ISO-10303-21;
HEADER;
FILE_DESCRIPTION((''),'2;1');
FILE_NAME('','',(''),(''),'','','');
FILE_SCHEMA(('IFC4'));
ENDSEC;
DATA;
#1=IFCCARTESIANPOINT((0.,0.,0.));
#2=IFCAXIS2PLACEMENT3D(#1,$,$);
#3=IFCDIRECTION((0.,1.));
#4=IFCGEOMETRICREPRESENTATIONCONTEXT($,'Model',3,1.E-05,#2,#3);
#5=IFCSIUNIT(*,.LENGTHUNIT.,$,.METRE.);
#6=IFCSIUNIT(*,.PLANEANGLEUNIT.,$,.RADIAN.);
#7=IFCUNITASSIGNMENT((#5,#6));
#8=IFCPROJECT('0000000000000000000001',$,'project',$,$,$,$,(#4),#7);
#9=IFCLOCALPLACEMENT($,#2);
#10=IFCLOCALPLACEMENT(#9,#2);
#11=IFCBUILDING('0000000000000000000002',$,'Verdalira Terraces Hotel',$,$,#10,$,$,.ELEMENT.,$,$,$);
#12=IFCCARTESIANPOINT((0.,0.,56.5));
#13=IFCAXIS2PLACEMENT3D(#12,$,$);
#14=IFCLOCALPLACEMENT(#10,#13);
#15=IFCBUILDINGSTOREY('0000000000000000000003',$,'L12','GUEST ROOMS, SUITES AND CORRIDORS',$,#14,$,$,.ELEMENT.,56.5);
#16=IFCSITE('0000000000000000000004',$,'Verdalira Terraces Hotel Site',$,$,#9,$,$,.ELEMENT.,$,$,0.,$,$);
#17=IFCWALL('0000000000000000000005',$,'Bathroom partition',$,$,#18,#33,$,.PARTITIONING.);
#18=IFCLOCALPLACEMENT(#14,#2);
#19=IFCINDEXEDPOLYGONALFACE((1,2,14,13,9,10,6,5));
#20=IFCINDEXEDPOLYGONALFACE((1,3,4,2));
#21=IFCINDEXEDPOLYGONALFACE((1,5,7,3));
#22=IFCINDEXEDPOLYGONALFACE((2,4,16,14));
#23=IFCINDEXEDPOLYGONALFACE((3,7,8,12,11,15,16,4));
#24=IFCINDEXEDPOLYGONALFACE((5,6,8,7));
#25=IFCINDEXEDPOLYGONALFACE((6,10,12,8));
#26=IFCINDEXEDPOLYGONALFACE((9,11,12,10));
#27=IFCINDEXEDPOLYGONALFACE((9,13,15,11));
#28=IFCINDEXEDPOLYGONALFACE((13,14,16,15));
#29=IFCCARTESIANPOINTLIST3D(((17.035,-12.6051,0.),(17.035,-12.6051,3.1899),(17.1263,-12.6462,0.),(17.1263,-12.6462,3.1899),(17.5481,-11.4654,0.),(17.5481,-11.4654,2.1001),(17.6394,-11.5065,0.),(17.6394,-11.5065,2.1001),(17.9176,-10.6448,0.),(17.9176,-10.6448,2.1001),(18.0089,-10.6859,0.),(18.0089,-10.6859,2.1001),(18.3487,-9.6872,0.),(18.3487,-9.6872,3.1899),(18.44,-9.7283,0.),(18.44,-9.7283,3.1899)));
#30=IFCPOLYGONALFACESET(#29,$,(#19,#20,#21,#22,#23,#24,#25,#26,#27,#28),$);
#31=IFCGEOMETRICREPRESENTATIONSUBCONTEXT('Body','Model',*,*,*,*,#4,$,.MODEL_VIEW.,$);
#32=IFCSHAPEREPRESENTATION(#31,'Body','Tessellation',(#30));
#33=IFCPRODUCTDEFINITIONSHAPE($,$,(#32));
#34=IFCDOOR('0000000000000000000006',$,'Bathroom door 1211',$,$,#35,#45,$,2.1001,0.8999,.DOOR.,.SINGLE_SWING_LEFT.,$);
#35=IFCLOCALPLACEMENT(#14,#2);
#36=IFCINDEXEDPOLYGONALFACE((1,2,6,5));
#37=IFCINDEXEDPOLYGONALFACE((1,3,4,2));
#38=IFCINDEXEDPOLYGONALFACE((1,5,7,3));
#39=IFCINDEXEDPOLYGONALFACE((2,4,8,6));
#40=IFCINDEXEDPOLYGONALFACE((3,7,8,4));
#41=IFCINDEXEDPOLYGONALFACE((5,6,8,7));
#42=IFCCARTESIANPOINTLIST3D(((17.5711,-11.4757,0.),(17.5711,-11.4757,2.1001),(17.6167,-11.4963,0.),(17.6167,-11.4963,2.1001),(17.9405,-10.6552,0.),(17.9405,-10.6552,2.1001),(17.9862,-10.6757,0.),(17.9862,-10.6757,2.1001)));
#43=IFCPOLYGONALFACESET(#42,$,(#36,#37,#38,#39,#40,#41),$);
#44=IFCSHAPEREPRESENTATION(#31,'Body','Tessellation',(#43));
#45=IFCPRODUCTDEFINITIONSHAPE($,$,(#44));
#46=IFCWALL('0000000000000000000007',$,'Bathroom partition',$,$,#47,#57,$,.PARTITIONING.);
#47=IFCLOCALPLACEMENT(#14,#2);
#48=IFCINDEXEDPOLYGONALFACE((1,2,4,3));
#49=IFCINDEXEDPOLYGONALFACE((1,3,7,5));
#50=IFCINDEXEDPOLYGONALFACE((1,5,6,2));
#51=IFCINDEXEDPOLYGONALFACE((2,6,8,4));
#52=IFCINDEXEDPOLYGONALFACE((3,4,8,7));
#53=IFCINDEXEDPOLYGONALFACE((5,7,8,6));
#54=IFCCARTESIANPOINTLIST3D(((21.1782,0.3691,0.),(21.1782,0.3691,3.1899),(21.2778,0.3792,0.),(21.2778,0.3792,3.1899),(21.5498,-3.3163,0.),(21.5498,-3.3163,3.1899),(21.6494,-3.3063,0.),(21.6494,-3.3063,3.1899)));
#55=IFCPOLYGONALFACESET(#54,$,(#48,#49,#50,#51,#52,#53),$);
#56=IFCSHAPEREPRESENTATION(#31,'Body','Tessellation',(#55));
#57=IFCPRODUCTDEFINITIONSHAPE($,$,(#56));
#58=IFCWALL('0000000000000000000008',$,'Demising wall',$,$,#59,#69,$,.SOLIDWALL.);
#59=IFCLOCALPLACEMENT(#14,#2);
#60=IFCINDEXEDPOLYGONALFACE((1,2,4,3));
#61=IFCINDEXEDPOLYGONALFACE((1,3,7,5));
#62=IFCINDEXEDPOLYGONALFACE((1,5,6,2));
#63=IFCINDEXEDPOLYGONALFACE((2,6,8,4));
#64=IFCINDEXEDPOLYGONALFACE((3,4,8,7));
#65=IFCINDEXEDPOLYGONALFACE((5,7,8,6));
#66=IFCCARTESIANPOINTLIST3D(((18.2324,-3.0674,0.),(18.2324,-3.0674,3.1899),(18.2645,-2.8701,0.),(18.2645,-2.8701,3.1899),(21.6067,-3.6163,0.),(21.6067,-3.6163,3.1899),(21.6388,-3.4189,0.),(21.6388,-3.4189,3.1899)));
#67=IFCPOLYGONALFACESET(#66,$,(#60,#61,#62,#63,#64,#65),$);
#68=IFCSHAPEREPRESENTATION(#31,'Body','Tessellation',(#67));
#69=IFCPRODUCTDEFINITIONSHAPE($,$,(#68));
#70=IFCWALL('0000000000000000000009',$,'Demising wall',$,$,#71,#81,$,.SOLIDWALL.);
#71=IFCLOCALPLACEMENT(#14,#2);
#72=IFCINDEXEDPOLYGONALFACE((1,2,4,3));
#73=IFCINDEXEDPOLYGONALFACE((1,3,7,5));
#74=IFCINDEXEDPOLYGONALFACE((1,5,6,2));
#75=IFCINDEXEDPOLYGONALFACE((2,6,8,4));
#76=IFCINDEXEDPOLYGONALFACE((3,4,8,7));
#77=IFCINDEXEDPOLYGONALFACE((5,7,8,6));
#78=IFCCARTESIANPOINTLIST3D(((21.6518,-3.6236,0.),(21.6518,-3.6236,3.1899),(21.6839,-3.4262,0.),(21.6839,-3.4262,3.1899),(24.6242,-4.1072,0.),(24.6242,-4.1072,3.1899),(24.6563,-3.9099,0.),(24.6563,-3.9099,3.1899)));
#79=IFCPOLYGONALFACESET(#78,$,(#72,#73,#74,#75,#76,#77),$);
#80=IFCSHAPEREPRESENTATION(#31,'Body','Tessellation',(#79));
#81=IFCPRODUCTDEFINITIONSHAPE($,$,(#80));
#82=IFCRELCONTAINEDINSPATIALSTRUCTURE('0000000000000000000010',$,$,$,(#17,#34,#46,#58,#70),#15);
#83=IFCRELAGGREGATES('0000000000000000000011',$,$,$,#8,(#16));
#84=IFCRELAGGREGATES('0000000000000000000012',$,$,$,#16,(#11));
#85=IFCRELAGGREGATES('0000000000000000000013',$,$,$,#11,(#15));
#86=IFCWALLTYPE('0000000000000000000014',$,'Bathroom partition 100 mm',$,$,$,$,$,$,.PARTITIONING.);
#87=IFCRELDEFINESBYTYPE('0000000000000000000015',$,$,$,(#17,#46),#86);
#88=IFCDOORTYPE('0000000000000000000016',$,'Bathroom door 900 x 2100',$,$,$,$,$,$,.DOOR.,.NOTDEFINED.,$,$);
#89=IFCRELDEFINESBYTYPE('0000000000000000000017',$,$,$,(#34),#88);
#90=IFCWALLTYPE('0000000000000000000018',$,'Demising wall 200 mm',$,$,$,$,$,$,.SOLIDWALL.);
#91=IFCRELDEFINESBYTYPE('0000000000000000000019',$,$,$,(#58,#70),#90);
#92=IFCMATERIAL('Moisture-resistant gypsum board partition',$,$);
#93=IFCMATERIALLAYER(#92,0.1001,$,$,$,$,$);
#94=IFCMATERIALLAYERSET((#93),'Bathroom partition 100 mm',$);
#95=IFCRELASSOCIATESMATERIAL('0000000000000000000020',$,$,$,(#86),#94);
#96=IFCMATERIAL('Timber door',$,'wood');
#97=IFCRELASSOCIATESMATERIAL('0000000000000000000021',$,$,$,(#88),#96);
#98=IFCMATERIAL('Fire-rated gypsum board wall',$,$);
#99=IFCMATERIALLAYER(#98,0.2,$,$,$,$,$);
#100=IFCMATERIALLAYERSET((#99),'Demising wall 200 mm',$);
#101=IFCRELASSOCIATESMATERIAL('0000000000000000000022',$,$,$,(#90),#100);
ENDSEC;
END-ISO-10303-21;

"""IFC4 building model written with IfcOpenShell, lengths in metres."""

from ifc_helpers import new_model, si_unit, direction, frame, frame_2d, origin, place, context, subcontext, project, spatial, rectangle, extrude, material, layer, layer_set, type_object, element, fill, save


model = new_model("IFC4")

# Units and contexts
model_context = context("Model", 3, precision=1e-05, world=origin(), true_north=direction((0.0, 1.0)))
body_context = subcontext(model_context, "Body", "Model", "MODEL_VIEW")
ifc_project = project(units=[si_unit("LENGTHUNIT", "METRE"), si_unit("PLANEANGLEUNIT", "RADIAN")], contexts=[model_context])

# Site, building, storey
site_placement = place(None, origin())
site = spatial("IfcSite", under=ifc_project, at=site_placement, Name="Verdalira Terraces Hotel Site", CompositionType="ELEMENT", RefElevation=0.0)
building_placement = place(site_placement, origin())
building = spatial("IfcBuilding", under=site, at=building_placement, Name="Verdalira Terraces Hotel", CompositionType="ELEMENT")
storey_placement = place(building_placement, frame((0.0, 0.0, 56.5)))
storey = spatial("IfcBuildingStorey", under=building, at=storey_placement, Name="L12", Description="GUEST ROOMS, SUITES AND CORRIDORS", CompositionType="ELEMENT", Elevation=56.5)

# Wall, opening, door
ifc_material_1 = material(Name="Moisture-resistant gypsum board partition")
ifc_layer_1 = layer(ifc_material_1, 0.1001)
ifc_layer_set_1 = layer_set([ifc_layer_1], Name="Bathroom partition 100 mm")
wall_type_1 = type_object("IfcWallType", Name="Bathroom partition 100 mm", PredefinedType="PARTITIONING", material=ifc_layer_set_1)
wall_1_placement = place(storey_placement, frame((17.0806, -12.6257, 0.0), z_axis=(0.0, 0.0, 1.0), x_axis=(0.410558, 0.911834, 0.0)))
wall_1 = element("IfcWall", 1, at=wall_1_placement, inside=storey, type_object=wall_type_1, Name="Bathroom partition", PredefinedType="PARTITIONING", context=body_context, shape_type="SweptSolid", body=[
    extrude(rectangle(XDim=3.2, YDim=0.1001, at=frame_2d((1.6001, 0.0))), origin(), (0.0, 0.0, 1.0), 3.1899),
])
opening_placement = place(wall_1_placement, frame((1.25, 0.0, 0.0)))
opening = element("IfcOpeningElement", 2, at=opening_placement, cuts=wall_1, PredefinedType="OPENING", context=body_context, shape_type="SweptSolid", body=[
    extrude(rectangle(XDim=0.8999, YDim=2.1001, at=frame_2d((0.45, 1.05))), frame((0.0, 0.0601, 0.0), z_axis=(0.0, -1.0, 0.0), x_axis=(1.0, 0.0, 0.0)), (0.0, 0.0, 1.0), 0.1201),
])
ifc_material_2 = material(Name="Timber door", Category="wood")
door_type = type_object("IfcDoorType", Name="Bathroom door 900 x 2100", OperationType="NOTDEFINED", PredefinedType="DOOR", material=ifc_material_2)
door_placement = place(opening_placement, origin())
door = element("IfcDoor", 3, at=door_placement, inside=storey, type_object=door_type, Name="Bathroom door 1211", OperationType="SINGLE_SWING_LEFT", OverallHeight=2.1001, OverallWidth=0.8999, PredefinedType="DOOR", context=body_context, shape_type="SweptSolid", body=[
    extrude(rectangle(XDim=0.8999, YDim=2.1001, at=frame_2d((0.45, 1.05))), frame((0.0, 0.0249, 0.0), z_axis=(0.0, -1.0, 0.0), x_axis=(1.0, 0.0, 0.0)), (0.0, 0.0, 1.0), 0.05),
])
fill(opening, door)

# Walls
wall_2_placement = place(storey_placement, frame((21.5996, -3.3113, 0.0), z_axis=(0.0, 0.0, 1.0), x_axis=(-0.100319, 0.994955, 0.0)))
element("IfcWall", 4, at=wall_2_placement, inside=storey, type_object=wall_type_1, Name="Bathroom partition", PredefinedType="PARTITIONING", context=body_context, shape_type="SweptSolid", body=[
    extrude(rectangle(XDim=3.7041, YDim=0.1001, at=frame_2d((1.8521, 0.0))), origin(), (0.0, 0.0, 1.0), 3.1899),
])
ifc_material_3 = material(Name="Fire-rated gypsum board wall")
ifc_layer_2 = layer(ifc_material_3, 0.2)
ifc_layer_set_2 = layer_set([ifc_layer_2], Name="Demising wall 200 mm")
wall_type_2 = type_object("IfcWallType", Name="Demising wall 200 mm", PredefinedType="SOLIDWALL", material=ifc_layer_set_2)
wall_3_placement = place(storey_placement, frame((18.2483, -2.9688, 0.0), z_axis=(0.0, 0.0, 1.0), x_axis=(0.987029, -0.160541, 0.0)))
element("IfcWall", 5, at=wall_3_placement, inside=storey, type_object=wall_type_2, Name="Demising wall", PredefinedType="SOLIDWALL", context=body_context, shape_type="SweptSolid", body=[
    extrude(rectangle(XDim=3.4187, YDim=0.2, at=frame_2d((1.7095, 0.0))), origin(), (0.0, 0.0, 1.0), 3.1899),
])
wall_4_placement = place(storey_placement, frame((21.6677, -3.5249, 0.0), z_axis=(0.0, 0.0, 1.0), x_axis=(0.98702, -0.160598, 0.0)))
element("IfcWall", 6, at=wall_4_placement, inside=storey, type_object=wall_type_2, Name="Demising wall", PredefinedType="SOLIDWALL", context=body_context, shape_type="SweptSolid", body=[
    extrude(rectangle(XDim=3.0115, YDim=0.2, at=frame_2d((1.5059, 0.0))), origin(), (0.0, 0.0, 1.0), 3.1899),
])

save(model, "model.ifc")
